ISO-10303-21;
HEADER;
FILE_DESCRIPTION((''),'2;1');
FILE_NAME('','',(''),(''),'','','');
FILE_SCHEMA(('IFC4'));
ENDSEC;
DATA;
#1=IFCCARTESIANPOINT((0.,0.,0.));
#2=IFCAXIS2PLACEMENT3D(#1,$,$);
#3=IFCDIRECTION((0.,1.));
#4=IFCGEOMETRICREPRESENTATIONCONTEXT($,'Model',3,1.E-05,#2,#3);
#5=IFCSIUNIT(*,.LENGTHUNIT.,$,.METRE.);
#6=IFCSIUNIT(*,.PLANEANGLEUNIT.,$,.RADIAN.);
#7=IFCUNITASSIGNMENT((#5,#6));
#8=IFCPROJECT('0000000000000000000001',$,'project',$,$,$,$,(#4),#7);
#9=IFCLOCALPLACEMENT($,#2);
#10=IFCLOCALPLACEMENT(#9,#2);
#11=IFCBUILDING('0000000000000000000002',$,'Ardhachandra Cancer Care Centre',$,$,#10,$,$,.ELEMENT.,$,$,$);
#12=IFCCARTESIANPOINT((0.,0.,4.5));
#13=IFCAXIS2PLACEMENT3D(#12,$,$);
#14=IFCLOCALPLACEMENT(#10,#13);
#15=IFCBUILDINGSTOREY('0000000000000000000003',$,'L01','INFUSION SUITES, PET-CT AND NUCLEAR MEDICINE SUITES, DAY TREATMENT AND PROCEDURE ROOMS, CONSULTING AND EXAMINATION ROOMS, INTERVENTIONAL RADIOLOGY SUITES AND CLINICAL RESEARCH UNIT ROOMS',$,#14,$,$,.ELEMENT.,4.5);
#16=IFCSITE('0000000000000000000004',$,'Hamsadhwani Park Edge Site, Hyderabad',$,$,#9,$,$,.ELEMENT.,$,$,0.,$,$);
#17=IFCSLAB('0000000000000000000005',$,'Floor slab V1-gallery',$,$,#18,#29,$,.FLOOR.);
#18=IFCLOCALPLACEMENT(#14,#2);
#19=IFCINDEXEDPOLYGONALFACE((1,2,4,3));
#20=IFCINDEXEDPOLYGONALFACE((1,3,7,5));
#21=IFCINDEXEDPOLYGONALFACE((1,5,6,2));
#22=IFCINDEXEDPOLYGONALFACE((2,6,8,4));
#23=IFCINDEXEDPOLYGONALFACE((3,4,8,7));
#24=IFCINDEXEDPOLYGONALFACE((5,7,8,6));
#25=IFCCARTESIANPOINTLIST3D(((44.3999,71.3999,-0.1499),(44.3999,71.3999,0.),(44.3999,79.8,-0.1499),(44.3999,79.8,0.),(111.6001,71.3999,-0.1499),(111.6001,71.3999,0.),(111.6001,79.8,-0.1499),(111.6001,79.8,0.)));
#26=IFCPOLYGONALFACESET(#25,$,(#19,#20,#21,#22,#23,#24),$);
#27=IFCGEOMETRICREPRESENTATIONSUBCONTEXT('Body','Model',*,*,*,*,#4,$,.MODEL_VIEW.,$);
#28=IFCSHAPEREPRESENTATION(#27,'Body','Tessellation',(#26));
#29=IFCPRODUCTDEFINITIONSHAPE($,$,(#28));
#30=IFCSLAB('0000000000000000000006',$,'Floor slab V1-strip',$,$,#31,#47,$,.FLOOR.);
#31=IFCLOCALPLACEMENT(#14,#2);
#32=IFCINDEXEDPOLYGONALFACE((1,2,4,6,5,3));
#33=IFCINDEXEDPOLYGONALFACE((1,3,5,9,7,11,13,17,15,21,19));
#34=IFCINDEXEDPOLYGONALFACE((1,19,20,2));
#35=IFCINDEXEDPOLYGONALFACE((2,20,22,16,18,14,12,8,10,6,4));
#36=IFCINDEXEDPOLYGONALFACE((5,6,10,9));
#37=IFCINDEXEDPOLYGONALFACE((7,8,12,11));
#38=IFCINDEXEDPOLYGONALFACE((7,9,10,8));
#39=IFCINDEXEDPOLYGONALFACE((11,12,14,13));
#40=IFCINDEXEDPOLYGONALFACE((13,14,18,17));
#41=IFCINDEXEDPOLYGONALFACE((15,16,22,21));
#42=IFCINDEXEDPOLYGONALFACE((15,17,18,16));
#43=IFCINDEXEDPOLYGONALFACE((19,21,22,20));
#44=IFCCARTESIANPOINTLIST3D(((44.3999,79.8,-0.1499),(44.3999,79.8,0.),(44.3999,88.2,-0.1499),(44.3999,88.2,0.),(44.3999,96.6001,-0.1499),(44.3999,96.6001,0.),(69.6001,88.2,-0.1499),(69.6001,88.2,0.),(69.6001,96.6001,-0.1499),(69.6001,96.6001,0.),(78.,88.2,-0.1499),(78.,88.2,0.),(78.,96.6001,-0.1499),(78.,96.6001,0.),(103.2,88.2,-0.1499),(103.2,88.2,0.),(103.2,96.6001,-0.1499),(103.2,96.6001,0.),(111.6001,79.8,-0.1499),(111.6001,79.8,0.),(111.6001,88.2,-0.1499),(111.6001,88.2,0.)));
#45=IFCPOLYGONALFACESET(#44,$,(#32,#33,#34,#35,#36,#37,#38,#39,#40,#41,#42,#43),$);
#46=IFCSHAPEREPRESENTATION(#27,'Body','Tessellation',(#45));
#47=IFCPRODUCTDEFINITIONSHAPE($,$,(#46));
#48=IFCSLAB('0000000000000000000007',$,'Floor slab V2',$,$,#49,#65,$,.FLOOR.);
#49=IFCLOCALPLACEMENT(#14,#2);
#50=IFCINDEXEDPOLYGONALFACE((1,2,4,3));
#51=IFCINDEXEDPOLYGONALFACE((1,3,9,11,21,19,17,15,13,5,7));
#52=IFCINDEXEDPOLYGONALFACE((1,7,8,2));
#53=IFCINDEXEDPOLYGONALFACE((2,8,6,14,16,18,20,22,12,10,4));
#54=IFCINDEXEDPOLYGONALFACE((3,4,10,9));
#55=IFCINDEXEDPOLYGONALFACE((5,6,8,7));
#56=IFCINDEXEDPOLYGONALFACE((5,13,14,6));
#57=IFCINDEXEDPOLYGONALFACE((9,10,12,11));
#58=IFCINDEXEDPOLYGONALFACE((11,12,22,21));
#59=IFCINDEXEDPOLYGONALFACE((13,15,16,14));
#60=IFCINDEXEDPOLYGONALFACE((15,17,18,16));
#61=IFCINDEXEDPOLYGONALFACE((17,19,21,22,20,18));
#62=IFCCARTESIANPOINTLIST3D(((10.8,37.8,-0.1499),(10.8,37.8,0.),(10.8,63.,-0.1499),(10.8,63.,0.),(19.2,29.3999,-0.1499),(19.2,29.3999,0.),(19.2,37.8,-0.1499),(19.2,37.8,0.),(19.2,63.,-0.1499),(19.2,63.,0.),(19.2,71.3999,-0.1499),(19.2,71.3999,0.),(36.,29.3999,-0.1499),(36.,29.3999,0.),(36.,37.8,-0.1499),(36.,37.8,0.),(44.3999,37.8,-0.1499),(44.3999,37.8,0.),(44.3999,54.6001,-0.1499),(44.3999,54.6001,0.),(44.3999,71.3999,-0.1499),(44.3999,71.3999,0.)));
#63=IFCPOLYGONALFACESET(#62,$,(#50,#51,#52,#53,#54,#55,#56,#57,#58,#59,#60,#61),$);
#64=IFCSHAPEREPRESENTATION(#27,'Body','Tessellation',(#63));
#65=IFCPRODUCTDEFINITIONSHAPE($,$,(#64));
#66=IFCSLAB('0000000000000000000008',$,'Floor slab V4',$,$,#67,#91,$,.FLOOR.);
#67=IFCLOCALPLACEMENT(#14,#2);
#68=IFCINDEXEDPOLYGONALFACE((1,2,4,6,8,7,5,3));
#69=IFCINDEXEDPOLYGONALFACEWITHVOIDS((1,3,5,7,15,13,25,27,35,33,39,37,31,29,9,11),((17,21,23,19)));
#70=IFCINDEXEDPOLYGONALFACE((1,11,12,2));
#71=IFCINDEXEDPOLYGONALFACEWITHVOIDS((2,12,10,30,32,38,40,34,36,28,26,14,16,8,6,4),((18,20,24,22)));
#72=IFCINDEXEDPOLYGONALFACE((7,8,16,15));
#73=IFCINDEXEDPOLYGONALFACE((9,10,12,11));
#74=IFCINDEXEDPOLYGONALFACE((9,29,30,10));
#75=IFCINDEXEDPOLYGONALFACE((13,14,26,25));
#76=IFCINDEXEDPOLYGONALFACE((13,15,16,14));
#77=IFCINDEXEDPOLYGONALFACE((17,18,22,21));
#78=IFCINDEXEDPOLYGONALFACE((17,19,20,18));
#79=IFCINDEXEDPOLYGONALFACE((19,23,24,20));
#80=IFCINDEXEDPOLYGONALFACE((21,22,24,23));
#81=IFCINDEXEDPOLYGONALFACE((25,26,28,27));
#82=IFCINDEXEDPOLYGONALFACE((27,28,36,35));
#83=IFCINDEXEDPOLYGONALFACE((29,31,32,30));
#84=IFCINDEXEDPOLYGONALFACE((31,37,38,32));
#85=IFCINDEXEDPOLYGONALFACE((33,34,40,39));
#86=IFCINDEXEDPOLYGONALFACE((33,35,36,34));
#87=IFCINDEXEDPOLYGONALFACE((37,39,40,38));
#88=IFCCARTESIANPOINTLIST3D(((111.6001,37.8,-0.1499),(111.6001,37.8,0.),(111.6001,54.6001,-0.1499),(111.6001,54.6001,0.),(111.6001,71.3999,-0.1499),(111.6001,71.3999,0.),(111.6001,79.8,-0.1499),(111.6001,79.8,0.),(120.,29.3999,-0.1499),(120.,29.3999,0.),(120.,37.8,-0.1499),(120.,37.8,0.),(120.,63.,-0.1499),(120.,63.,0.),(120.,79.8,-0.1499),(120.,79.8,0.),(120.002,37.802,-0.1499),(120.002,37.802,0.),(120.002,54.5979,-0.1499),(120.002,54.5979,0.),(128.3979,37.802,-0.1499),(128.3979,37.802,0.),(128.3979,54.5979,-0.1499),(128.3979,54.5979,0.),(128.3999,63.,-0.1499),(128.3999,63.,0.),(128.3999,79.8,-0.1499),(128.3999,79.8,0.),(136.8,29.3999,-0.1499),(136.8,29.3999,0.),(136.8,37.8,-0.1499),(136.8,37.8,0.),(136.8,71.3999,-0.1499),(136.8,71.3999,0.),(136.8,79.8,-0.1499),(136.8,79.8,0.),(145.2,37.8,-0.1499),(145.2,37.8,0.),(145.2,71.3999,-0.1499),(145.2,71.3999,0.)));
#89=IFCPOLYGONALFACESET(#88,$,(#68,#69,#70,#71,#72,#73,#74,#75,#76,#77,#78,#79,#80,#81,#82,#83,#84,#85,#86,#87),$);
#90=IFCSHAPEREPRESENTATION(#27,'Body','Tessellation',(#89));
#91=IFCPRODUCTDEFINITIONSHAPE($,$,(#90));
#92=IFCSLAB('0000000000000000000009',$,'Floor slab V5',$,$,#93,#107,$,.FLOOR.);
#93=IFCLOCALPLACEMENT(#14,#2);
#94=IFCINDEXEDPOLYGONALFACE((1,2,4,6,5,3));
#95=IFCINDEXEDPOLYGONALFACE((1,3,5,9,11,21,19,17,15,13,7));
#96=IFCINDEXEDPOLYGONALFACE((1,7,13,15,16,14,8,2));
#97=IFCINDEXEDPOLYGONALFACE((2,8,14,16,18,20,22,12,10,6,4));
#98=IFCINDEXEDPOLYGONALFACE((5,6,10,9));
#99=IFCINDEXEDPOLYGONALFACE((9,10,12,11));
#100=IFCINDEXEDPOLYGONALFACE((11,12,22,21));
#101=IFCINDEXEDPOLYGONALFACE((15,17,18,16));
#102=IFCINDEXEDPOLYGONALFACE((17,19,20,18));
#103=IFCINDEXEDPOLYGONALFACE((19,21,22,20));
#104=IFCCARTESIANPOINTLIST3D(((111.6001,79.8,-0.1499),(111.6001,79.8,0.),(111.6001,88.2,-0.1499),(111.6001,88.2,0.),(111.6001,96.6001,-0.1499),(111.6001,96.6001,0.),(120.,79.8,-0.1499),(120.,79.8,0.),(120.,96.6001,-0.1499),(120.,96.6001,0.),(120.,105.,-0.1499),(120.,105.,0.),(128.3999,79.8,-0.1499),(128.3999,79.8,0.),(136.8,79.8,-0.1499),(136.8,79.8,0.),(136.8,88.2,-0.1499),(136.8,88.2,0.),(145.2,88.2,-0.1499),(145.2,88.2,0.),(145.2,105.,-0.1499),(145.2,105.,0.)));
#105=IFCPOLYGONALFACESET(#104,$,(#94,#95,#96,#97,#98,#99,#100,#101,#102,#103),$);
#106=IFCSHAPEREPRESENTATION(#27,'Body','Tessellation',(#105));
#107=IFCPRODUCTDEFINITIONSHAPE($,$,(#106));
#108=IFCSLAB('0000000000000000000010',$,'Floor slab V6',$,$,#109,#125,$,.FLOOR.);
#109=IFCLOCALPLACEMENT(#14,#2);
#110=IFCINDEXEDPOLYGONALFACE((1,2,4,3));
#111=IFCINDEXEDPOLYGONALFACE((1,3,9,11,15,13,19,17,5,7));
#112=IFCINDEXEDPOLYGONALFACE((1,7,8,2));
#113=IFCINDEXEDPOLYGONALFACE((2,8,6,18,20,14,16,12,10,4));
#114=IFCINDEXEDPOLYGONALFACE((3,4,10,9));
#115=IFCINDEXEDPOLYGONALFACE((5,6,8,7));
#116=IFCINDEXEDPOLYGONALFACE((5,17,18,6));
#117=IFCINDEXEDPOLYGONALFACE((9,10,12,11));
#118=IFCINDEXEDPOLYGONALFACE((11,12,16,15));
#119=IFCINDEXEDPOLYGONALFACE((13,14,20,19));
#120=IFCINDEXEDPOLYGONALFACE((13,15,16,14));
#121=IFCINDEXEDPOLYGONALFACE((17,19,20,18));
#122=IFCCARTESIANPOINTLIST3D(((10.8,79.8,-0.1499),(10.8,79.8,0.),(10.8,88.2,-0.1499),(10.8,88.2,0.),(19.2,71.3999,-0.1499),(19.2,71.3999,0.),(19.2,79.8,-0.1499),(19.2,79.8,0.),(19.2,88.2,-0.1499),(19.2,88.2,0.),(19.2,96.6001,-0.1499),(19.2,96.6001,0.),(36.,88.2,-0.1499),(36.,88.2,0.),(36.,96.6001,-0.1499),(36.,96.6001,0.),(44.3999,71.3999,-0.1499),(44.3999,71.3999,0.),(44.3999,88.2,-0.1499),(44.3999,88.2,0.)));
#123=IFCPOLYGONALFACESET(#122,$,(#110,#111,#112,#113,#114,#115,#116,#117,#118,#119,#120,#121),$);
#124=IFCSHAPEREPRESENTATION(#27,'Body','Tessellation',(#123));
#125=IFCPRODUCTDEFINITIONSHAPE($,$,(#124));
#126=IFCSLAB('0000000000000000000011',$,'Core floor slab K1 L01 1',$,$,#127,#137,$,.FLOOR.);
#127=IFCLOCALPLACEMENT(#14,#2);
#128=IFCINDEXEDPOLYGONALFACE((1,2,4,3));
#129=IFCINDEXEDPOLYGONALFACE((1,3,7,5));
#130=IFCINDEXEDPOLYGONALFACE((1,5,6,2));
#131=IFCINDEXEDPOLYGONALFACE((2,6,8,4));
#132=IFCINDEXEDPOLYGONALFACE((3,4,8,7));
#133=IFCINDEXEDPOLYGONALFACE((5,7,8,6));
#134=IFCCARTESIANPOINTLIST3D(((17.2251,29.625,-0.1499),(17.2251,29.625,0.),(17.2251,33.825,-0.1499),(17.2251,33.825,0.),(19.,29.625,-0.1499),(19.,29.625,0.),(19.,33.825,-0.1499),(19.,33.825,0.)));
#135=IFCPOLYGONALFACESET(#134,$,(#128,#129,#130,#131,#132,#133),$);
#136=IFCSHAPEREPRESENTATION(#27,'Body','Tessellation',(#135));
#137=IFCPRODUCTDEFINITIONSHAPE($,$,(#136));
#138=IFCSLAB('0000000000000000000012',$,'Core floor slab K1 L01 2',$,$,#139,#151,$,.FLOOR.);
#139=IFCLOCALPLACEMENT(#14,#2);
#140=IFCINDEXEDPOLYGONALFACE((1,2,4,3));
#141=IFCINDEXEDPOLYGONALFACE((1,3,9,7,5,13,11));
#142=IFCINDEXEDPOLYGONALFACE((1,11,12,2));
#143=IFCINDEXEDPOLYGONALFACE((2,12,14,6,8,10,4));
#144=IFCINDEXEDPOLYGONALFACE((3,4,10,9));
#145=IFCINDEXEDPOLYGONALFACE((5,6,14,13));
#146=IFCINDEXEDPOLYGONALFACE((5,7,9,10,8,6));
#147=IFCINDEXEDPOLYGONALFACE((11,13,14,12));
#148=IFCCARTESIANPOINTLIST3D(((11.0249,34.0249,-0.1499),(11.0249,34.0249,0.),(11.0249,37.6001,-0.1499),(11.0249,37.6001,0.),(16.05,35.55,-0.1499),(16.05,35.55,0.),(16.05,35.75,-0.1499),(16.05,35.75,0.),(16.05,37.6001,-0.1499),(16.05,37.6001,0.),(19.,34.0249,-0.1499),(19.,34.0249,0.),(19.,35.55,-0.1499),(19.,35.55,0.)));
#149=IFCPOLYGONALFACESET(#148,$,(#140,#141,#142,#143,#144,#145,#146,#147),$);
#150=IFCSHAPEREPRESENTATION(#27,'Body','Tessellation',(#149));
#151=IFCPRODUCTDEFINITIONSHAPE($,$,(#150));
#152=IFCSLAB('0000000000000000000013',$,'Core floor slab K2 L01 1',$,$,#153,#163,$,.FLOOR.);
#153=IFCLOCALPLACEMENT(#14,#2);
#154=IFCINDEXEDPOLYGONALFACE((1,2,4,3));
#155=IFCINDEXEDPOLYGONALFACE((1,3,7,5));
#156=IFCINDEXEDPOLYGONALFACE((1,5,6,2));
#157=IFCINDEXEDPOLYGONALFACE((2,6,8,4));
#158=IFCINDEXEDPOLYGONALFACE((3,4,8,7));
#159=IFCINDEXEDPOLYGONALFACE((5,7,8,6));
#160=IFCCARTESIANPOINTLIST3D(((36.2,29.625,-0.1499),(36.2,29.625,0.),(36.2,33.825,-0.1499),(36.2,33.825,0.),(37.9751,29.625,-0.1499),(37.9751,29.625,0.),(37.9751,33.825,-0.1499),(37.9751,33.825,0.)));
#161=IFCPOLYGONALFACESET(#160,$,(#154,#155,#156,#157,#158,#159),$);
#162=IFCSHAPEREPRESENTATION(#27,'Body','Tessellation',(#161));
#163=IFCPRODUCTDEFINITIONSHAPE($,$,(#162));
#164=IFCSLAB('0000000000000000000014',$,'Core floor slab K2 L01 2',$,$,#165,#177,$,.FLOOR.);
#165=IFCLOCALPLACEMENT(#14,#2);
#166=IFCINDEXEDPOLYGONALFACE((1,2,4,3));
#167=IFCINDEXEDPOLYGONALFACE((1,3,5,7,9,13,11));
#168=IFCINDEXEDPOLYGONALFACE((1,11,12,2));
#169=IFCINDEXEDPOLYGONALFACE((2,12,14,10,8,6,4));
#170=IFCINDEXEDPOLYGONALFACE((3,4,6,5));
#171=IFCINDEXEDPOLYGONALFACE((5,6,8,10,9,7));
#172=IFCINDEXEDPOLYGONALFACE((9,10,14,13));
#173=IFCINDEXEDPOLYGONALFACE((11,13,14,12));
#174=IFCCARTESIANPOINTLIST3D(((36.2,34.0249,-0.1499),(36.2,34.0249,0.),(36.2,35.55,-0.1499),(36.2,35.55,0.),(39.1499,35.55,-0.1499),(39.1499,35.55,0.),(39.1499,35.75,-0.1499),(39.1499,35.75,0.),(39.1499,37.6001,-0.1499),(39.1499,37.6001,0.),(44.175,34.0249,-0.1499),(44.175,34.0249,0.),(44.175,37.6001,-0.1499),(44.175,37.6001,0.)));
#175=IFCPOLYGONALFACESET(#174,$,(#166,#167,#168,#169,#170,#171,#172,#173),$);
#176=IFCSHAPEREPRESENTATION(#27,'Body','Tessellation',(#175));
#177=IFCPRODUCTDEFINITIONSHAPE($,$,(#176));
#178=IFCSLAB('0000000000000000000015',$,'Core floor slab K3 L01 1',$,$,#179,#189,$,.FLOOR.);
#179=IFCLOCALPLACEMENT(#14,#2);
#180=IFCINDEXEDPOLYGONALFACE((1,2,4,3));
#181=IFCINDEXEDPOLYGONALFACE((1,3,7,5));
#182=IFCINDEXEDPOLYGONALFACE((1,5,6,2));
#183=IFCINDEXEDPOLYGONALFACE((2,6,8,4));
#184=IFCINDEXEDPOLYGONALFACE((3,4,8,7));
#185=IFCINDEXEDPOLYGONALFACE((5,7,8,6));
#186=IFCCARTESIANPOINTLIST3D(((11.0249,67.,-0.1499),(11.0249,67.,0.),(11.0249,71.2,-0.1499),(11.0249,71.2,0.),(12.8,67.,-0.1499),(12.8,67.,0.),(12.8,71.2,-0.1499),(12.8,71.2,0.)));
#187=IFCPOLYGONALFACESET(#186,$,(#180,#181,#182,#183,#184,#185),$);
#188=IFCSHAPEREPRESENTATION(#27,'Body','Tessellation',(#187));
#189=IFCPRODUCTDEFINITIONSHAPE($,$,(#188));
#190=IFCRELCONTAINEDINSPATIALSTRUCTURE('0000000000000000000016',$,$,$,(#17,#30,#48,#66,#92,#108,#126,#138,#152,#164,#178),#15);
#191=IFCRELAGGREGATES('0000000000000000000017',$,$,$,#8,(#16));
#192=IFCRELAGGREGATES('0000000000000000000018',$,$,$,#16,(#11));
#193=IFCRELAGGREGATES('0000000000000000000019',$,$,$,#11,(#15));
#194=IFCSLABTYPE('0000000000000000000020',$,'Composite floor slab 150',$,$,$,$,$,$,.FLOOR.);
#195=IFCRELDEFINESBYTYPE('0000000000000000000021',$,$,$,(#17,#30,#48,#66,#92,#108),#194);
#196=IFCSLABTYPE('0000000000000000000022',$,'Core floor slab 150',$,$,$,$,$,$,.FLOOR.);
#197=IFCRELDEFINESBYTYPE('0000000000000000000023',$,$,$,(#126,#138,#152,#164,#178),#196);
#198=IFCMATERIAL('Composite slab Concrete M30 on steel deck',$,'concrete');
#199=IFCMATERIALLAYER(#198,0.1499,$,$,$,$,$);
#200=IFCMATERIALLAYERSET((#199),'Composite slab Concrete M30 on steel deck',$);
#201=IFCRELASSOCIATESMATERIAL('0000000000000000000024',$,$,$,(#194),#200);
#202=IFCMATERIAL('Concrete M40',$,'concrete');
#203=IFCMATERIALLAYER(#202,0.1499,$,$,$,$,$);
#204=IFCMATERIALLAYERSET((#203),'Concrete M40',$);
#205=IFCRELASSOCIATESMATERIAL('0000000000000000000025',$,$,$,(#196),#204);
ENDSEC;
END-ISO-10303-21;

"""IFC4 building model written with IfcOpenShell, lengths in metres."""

from ifc_helpers import new_model, si_unit, direction, frame, origin, place, context, subcontext, project, spatial, polyline, outline, extrude, material, layer, layer_set, type_object, element, save


model = new_model("IFC4")

# Units and contexts
model_context = context("Model", 3, precision=1e-05, world=origin(), true_north=direction((0.0, 1.0)))
body_context = subcontext(model_context, "Body", "Model", "MODEL_VIEW")
ifc_project = project(units=[si_unit("LENGTHUNIT", "METRE"), si_unit("PLANEANGLEUNIT", "RADIAN")], contexts=[model_context])

# Site, building, storey
site_placement = place(None, origin())
site = spatial("IfcSite", under=ifc_project, at=site_placement, Name="Hamsadhwani Park Edge Site, Hyderabad", CompositionType="ELEMENT", RefElevation=0.0)
building_placement = place(site_placement, origin())
building = spatial("IfcBuilding", under=site, at=building_placement, Name="Ardhachandra Cancer Care Centre", CompositionType="ELEMENT")
storey_placement = place(building_placement, frame((0.0, 0.0, 4.5)))
storey = spatial("IfcBuildingStorey", under=building, at=storey_placement, Name="L01", Description="INFUSION SUITES, PET-CT AND NUCLEAR MEDICINE SUITES, DAY TREATMENT AND PROCEDURE ROOMS, CONSULTING AND EXAMINATION ROOMS, INTERVENTIONAL RADIOLOGY SUITES AND CLINICAL RESEARCH UNIT ROOMS", CompositionType="ELEMENT", Elevation=4.5)

# Slabs
ifc_material_1 = material(Name="Composite slab Concrete M30 on steel deck", Category="concrete")
ifc_layer_1 = layer(ifc_material_1, 0.1499)
ifc_layer_set_1 = layer_set([ifc_layer_1], Name="Composite slab Concrete M30 on steel deck")
slab_type_1 = type_object("IfcSlabType", Name="Composite floor slab 150", PredefinedType="FLOOR", material=ifc_layer_set_1)
slab_1_placement = place(storey_placement, frame((0.0, 0.0, -0.1499)))
element("IfcSlab", 1, at=slab_1_placement, inside=storey, type_object=slab_type_1, Name="Floor slab V1-gallery", PredefinedType="FLOOR", context=body_context, shape_type="SweptSolid", body=[
    extrude(outline(polyline([(44.3999, 71.3999), (111.6001, 71.3999), (111.6001, 79.8), (44.3999, 79.8), (44.3999, 71.3999)])), origin(), (0.0, 0.0, 1.0), 0.1499),
])
slab_2_placement = place(storey_placement, frame((0.0, 0.0, -0.1499)))
element("IfcSlab", 2, at=slab_2_placement, inside=storey, type_object=slab_type_1, Name="Floor slab V1-strip", PredefinedType="FLOOR", context=body_context, shape_type="SweptSolid", body=[
    extrude(outline(polyline([(111.6001, 88.2), (103.2, 88.2), (103.2, 96.6001), (78.0, 96.6001), (78.0, 88.2), (69.6001, 88.2), (69.6001, 96.6001), (44.3999, 96.6001), (44.3999, 88.2), (44.3999, 79.8), (111.6001, 79.8), (111.6001, 88.2)])), origin(), (0.0, 0.0, 1.0), 0.1499),
])
slab_3_placement = place(storey_placement, frame((0.0, 0.0, -0.1499)))
element("IfcSlab", 3, at=slab_3_placement, inside=storey, type_object=slab_type_1, Name="Floor slab V2", PredefinedType="FLOOR", context=body_context, shape_type="SweptSolid", body=[
    extrude(outline(polyline([(44.3999, 54.6001), (44.3999, 71.3999), (19.2, 71.3999), (19.2, 63.0), (10.8, 63.0), (10.8, 37.8), (19.2, 37.8), (19.2, 29.3999), (36.0, 29.3999), (36.0, 37.8), (44.3999, 37.8), (44.3999, 54.6001)])), origin(), (0.0, 0.0, 1.0), 0.1499),
])
slab_4_placement = place(storey_placement, frame((0.0, 0.0, -0.1499)))
element("IfcSlab", 4, at=slab_4_placement, inside=storey, type_object=slab_type_1, Name="Floor slab V4", PredefinedType="FLOOR", context=body_context, shape_type="SweptSolid", body=[
    extrude(outline(polyline([(145.2, 71.3999), (136.8, 71.3999), (136.8, 79.8), (128.3999, 79.8), (128.3999, 63.0), (120.0, 63.0), (120.0, 79.8), (111.6001, 79.8), (111.6001, 71.3999), (111.6001, 54.6001), (111.6001, 37.8), (120.0, 37.8), (120.0, 29.3999), (136.8, 29.3999), (136.8, 37.8), (145.2, 37.8), (145.2, 71.3999)]), holes=[polyline([(128.3979, 37.802), (120.002, 37.802), (120.002, 54.5979), (128.3979, 54.5979), (128.3979, 37.802)])]), origin(), (0.0, 0.0, 1.0), 0.1499),
])
slab_5_placement = place(storey_placement, frame((0.0, 0.0, -0.1499)))
element("IfcSlab", 5, at=slab_5_placement, inside=storey, type_object=slab_type_1, Name="Floor slab V5", PredefinedType="FLOOR", context=body_context, shape_type="SweptSolid", body=[
    extrude(outline(polyline([(120.0, 105.0), (120.0, 96.6001), (111.6001, 96.6001), (111.6001, 88.2), (111.6001, 79.8), (120.0, 79.8), (128.3999, 79.8), (136.8, 79.8), (136.8, 88.2), (145.2, 88.2), (145.2, 105.0), (120.0, 105.0)])), origin(), (0.0, 0.0, 1.0), 0.1499),
])
slab_6_placement = place(storey_placement, frame((0.0, 0.0, -0.1499)))
element("IfcSlab", 6, at=slab_6_placement, inside=storey, type_object=slab_type_1, Name="Floor slab V6", PredefinedType="FLOOR", context=body_context, shape_type="SweptSolid", body=[
    extrude(outline(polyline([(44.3999, 88.2), (36.0, 88.2), (36.0, 96.6001), (19.2, 96.6001), (19.2, 88.2), (10.8, 88.2), (10.8, 79.8), (19.2, 79.8), (19.2, 71.3999), (44.3999, 71.3999), (44.3999, 88.2)])), origin(), (0.0, 0.0, 1.0), 0.1499),
])
ifc_material_2 = material(Name="Concrete M40", Category="concrete")
ifc_layer_2 = layer(ifc_material_2, 0.1499)
ifc_layer_set_2 = layer_set([ifc_layer_2], Name="Concrete M40")
slab_type_2 = type_object("IfcSlabType", Name="Core floor slab 150", PredefinedType="FLOOR", material=ifc_layer_set_2)
slab_7_placement = place(storey_placement, frame((0.0, 0.0, -0.1499)))
element("IfcSlab", 7, at=slab_7_placement, inside=storey, type_object=slab_type_2, Name="Core floor slab K1 L01 1", PredefinedType="FLOOR", context=body_context, shape_type="SweptSolid", body=[
    extrude(outline(polyline([(19.0, 29.625), (17.2251, 29.625), (17.2251, 33.825), (19.0, 33.825), (19.0, 29.625)])), origin(), (0.0, 0.0, 1.0), 0.1499),
])
slab_8_placement = place(storey_placement, frame((0.0, 0.0, -0.1499)))
element("IfcSlab", 8, at=slab_8_placement, inside=storey, type_object=slab_type_2, Name="Core floor slab K1 L01 2", PredefinedType="FLOOR", context=body_context, shape_type="SweptSolid", body=[
    extrude(outline(polyline([(11.0249, 37.6001), (16.05, 37.6001), (16.05, 35.75), (16.05, 35.55), (19.0, 35.55), (19.0, 34.0249), (11.0249, 34.0249), (11.0249, 37.6001)])), origin(), (0.0, 0.0, 1.0), 0.1499),
])
slab_9_placement = place(storey_placement, frame((0.0, 0.0, -0.1499)))
element("IfcSlab", 9, at=slab_9_placement, inside=storey, type_object=slab_type_2, Name="Core floor slab K2 L01 1", PredefinedType="FLOOR", context=body_context, shape_type="SweptSolid", body=[
    extrude(outline(polyline([(36.2, 29.625), (37.9751, 29.625), (37.9751, 33.825), (36.2, 33.825), (36.2, 29.625)])), origin(), (0.0, 0.0, 1.0), 0.1499),
])
slab_10_placement = place(storey_placement, frame((0.0, 0.0, -0.1499)))
element("IfcSlab", 10, at=slab_10_placement, inside=storey, type_object=slab_type_2, Name="Core floor slab K2 L01 2", PredefinedType="FLOOR", context=body_context, shape_type="SweptSolid", body=[
    extrude(outline(polyline([(44.175, 37.6001), (39.1499, 37.6001), (39.1499, 35.75), (39.1499, 35.55), (36.2, 35.55), (36.2, 34.0249), (44.175, 34.0249), (44.175, 37.6001)])), origin(), (0.0, 0.0, 1.0), 0.1499),
])
slab_11_placement = place(storey_placement, frame((0.0, 0.0, -0.1499)))
element("IfcSlab", 11, at=slab_11_placement, inside=storey, type_object=slab_type_2, Name="Core floor slab K3 L01 1", PredefinedType="FLOOR", context=body_context, shape_type="SweptSolid", body=[
    extrude(outline(polyline([(11.0249, 71.2), (11.0249, 67.0), (12.8, 67.0), (12.8, 71.2), (11.0249, 71.2)])), origin(), (0.0, 0.0, 1.0), 0.1499),
])

save(model, "model.ifc")
